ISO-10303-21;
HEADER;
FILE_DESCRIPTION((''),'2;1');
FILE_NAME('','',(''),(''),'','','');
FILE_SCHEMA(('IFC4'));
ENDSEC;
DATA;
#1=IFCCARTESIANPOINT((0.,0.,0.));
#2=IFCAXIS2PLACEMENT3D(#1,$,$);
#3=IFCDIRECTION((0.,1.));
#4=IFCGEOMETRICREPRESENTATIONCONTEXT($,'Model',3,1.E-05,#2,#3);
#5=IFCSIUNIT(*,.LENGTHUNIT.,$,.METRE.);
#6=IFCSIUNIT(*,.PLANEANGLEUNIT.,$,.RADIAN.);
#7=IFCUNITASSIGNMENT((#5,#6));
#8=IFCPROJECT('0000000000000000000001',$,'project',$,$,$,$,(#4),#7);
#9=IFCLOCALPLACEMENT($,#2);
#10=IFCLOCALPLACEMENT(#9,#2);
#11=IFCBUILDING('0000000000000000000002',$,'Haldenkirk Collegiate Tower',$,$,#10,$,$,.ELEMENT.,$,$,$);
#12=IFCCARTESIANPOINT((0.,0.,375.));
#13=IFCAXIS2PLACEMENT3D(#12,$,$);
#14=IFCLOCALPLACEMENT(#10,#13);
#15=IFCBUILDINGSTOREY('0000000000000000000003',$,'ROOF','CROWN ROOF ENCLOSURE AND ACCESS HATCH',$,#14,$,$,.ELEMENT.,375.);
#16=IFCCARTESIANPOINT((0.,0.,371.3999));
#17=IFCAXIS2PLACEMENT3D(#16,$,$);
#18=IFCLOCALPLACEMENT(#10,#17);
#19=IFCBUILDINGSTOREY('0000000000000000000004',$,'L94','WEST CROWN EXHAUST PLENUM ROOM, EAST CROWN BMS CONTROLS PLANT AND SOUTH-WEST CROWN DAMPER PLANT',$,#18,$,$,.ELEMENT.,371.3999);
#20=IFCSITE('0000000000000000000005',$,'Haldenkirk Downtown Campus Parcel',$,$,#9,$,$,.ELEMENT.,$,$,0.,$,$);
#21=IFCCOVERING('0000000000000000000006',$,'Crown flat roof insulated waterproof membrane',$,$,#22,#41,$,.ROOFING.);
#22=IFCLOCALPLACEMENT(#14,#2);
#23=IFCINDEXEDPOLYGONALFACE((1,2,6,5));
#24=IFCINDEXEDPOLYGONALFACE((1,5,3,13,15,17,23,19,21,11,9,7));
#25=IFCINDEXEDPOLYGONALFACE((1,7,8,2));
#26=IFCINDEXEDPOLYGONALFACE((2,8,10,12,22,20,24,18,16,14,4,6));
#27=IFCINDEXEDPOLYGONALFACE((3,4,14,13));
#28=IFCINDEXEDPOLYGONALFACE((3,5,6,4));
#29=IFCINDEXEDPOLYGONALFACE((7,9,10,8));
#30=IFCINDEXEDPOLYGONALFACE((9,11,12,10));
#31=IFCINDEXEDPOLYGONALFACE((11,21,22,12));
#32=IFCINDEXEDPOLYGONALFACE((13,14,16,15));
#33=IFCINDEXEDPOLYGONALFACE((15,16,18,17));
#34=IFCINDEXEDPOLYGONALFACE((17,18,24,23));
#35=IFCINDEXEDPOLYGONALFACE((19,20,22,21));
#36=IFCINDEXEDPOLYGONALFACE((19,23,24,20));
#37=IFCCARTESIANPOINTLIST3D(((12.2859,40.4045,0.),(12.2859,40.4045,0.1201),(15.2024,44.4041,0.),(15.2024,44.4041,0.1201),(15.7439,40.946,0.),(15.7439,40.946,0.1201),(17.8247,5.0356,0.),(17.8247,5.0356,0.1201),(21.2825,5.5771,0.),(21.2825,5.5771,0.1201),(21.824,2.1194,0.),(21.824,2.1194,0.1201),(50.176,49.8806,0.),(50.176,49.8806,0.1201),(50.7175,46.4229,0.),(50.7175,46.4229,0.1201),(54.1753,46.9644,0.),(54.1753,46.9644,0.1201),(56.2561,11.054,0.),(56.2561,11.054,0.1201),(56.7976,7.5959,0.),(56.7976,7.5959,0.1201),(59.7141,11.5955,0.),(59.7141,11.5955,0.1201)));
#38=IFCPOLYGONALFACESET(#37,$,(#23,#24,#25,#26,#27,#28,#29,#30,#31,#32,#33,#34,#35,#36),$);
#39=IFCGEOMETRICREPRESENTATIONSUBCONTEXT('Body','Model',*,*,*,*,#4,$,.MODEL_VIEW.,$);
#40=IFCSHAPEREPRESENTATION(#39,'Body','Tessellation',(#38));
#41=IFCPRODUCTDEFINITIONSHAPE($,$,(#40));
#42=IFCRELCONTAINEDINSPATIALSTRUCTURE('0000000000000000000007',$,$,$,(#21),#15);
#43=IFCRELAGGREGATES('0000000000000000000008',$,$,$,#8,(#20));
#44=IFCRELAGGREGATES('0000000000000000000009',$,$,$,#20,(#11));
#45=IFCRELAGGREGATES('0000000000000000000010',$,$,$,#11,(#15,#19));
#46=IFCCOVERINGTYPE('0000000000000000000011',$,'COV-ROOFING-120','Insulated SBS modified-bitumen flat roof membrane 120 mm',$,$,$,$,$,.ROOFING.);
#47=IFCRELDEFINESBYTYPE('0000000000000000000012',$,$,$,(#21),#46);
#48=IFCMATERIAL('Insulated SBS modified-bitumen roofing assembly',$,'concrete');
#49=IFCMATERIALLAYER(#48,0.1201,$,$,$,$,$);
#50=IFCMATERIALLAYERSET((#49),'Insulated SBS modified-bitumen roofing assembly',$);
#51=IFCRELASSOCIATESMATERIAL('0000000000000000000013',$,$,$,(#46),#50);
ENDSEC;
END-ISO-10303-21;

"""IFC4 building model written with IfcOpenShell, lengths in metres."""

from ifc_helpers import new_model, si_unit, direction, frame, origin, place, context, subcontext, project, spatial, polyline, outline, extrude, material, layer, layer_set, type_object, element, save


model = new_model("IFC4")

# Units and contexts
model_context = context("Model", 3, precision=1e-05, world=origin(), true_north=direction((0.0, 1.0)))
body_context = subcontext(model_context, "Body", "Model", "MODEL_VIEW")
ifc_project = project(units=[si_unit("LENGTHUNIT", "METRE"), si_unit("PLANEANGLEUNIT", "RADIAN")], contexts=[model_context])

# Site, building, storey
site_placement = place(None, origin())
site = spatial("IfcSite", under=ifc_project, at=site_placement, Name="Haldenkirk Downtown Campus Parcel", CompositionType="ELEMENT", RefElevation=0.0)
building_placement = place(site_placement, origin())
building = spatial("IfcBuilding", under=site, at=building_placement, Name="Haldenkirk Collegiate Tower", CompositionType="ELEMENT")
storey_1_placement = place(building_placement, frame((0.0, 0.0, 375.0)))
storey_1 = spatial("IfcBuildingStorey", under=building, at=storey_1_placement, Name="ROOF", Description="CROWN ROOF ENCLOSURE AND ACCESS HATCH", CompositionType="ELEMENT", Elevation=375.0)

# Shared definitions
storey_2_placement = place(building_placement, frame((0.0, 0.0, 371.3999)))
storey_2 = spatial("IfcBuildingStorey", under=building, at=storey_2_placement, Name="L94", Description="WEST CROWN EXHAUST PLENUM ROOM, EAST CROWN BMS CONTROLS PLANT AND SOUTH-WEST CROWN DAMPER PLANT", CompositionType="ELEMENT", Elevation=371.3999)

# Covering
ifc_material_1 = material(Name="Insulated SBS modified-bitumen roofing assembly", Category="concrete")
ifc_layer_1 = layer(ifc_material_1, 0.1201)
ifc_layer_set_1 = layer_set([ifc_layer_1], Name="Insulated SBS modified-bitumen roofing assembly")
covering_type = type_object("IfcCoveringType", Name="COV-ROOFING-120", Description="Insulated SBS modified-bitumen flat roof membrane 120 mm", PredefinedType="ROOFING", material=ifc_layer_set_1)
covering_placement = place(storey_1_placement, origin())
element("IfcCovering", 1, at=covering_placement, inside=storey_1, type_object=covering_type, Name="Crown flat roof insulated waterproof membrane", PredefinedType="ROOFING", context=body_context, shape_type="SweptSolid", body=[
    extrude(outline(polyline([(59.7141, 11.5955), (54.1753, 46.9644), (50.7175, 46.4229), (50.176, 49.8806), (15.2024, 44.4041), (15.7439, 40.946), (12.2859, 40.4045), (17.8247, 5.0356), (21.2825, 5.5771), (21.824, 2.1194), (56.7976, 7.5959), (56.2561, 11.054), (59.7141, 11.5955)])), origin(), (0.0, 0.0, 1.0), 0.1201),
])

save(model, "model.ifc")
